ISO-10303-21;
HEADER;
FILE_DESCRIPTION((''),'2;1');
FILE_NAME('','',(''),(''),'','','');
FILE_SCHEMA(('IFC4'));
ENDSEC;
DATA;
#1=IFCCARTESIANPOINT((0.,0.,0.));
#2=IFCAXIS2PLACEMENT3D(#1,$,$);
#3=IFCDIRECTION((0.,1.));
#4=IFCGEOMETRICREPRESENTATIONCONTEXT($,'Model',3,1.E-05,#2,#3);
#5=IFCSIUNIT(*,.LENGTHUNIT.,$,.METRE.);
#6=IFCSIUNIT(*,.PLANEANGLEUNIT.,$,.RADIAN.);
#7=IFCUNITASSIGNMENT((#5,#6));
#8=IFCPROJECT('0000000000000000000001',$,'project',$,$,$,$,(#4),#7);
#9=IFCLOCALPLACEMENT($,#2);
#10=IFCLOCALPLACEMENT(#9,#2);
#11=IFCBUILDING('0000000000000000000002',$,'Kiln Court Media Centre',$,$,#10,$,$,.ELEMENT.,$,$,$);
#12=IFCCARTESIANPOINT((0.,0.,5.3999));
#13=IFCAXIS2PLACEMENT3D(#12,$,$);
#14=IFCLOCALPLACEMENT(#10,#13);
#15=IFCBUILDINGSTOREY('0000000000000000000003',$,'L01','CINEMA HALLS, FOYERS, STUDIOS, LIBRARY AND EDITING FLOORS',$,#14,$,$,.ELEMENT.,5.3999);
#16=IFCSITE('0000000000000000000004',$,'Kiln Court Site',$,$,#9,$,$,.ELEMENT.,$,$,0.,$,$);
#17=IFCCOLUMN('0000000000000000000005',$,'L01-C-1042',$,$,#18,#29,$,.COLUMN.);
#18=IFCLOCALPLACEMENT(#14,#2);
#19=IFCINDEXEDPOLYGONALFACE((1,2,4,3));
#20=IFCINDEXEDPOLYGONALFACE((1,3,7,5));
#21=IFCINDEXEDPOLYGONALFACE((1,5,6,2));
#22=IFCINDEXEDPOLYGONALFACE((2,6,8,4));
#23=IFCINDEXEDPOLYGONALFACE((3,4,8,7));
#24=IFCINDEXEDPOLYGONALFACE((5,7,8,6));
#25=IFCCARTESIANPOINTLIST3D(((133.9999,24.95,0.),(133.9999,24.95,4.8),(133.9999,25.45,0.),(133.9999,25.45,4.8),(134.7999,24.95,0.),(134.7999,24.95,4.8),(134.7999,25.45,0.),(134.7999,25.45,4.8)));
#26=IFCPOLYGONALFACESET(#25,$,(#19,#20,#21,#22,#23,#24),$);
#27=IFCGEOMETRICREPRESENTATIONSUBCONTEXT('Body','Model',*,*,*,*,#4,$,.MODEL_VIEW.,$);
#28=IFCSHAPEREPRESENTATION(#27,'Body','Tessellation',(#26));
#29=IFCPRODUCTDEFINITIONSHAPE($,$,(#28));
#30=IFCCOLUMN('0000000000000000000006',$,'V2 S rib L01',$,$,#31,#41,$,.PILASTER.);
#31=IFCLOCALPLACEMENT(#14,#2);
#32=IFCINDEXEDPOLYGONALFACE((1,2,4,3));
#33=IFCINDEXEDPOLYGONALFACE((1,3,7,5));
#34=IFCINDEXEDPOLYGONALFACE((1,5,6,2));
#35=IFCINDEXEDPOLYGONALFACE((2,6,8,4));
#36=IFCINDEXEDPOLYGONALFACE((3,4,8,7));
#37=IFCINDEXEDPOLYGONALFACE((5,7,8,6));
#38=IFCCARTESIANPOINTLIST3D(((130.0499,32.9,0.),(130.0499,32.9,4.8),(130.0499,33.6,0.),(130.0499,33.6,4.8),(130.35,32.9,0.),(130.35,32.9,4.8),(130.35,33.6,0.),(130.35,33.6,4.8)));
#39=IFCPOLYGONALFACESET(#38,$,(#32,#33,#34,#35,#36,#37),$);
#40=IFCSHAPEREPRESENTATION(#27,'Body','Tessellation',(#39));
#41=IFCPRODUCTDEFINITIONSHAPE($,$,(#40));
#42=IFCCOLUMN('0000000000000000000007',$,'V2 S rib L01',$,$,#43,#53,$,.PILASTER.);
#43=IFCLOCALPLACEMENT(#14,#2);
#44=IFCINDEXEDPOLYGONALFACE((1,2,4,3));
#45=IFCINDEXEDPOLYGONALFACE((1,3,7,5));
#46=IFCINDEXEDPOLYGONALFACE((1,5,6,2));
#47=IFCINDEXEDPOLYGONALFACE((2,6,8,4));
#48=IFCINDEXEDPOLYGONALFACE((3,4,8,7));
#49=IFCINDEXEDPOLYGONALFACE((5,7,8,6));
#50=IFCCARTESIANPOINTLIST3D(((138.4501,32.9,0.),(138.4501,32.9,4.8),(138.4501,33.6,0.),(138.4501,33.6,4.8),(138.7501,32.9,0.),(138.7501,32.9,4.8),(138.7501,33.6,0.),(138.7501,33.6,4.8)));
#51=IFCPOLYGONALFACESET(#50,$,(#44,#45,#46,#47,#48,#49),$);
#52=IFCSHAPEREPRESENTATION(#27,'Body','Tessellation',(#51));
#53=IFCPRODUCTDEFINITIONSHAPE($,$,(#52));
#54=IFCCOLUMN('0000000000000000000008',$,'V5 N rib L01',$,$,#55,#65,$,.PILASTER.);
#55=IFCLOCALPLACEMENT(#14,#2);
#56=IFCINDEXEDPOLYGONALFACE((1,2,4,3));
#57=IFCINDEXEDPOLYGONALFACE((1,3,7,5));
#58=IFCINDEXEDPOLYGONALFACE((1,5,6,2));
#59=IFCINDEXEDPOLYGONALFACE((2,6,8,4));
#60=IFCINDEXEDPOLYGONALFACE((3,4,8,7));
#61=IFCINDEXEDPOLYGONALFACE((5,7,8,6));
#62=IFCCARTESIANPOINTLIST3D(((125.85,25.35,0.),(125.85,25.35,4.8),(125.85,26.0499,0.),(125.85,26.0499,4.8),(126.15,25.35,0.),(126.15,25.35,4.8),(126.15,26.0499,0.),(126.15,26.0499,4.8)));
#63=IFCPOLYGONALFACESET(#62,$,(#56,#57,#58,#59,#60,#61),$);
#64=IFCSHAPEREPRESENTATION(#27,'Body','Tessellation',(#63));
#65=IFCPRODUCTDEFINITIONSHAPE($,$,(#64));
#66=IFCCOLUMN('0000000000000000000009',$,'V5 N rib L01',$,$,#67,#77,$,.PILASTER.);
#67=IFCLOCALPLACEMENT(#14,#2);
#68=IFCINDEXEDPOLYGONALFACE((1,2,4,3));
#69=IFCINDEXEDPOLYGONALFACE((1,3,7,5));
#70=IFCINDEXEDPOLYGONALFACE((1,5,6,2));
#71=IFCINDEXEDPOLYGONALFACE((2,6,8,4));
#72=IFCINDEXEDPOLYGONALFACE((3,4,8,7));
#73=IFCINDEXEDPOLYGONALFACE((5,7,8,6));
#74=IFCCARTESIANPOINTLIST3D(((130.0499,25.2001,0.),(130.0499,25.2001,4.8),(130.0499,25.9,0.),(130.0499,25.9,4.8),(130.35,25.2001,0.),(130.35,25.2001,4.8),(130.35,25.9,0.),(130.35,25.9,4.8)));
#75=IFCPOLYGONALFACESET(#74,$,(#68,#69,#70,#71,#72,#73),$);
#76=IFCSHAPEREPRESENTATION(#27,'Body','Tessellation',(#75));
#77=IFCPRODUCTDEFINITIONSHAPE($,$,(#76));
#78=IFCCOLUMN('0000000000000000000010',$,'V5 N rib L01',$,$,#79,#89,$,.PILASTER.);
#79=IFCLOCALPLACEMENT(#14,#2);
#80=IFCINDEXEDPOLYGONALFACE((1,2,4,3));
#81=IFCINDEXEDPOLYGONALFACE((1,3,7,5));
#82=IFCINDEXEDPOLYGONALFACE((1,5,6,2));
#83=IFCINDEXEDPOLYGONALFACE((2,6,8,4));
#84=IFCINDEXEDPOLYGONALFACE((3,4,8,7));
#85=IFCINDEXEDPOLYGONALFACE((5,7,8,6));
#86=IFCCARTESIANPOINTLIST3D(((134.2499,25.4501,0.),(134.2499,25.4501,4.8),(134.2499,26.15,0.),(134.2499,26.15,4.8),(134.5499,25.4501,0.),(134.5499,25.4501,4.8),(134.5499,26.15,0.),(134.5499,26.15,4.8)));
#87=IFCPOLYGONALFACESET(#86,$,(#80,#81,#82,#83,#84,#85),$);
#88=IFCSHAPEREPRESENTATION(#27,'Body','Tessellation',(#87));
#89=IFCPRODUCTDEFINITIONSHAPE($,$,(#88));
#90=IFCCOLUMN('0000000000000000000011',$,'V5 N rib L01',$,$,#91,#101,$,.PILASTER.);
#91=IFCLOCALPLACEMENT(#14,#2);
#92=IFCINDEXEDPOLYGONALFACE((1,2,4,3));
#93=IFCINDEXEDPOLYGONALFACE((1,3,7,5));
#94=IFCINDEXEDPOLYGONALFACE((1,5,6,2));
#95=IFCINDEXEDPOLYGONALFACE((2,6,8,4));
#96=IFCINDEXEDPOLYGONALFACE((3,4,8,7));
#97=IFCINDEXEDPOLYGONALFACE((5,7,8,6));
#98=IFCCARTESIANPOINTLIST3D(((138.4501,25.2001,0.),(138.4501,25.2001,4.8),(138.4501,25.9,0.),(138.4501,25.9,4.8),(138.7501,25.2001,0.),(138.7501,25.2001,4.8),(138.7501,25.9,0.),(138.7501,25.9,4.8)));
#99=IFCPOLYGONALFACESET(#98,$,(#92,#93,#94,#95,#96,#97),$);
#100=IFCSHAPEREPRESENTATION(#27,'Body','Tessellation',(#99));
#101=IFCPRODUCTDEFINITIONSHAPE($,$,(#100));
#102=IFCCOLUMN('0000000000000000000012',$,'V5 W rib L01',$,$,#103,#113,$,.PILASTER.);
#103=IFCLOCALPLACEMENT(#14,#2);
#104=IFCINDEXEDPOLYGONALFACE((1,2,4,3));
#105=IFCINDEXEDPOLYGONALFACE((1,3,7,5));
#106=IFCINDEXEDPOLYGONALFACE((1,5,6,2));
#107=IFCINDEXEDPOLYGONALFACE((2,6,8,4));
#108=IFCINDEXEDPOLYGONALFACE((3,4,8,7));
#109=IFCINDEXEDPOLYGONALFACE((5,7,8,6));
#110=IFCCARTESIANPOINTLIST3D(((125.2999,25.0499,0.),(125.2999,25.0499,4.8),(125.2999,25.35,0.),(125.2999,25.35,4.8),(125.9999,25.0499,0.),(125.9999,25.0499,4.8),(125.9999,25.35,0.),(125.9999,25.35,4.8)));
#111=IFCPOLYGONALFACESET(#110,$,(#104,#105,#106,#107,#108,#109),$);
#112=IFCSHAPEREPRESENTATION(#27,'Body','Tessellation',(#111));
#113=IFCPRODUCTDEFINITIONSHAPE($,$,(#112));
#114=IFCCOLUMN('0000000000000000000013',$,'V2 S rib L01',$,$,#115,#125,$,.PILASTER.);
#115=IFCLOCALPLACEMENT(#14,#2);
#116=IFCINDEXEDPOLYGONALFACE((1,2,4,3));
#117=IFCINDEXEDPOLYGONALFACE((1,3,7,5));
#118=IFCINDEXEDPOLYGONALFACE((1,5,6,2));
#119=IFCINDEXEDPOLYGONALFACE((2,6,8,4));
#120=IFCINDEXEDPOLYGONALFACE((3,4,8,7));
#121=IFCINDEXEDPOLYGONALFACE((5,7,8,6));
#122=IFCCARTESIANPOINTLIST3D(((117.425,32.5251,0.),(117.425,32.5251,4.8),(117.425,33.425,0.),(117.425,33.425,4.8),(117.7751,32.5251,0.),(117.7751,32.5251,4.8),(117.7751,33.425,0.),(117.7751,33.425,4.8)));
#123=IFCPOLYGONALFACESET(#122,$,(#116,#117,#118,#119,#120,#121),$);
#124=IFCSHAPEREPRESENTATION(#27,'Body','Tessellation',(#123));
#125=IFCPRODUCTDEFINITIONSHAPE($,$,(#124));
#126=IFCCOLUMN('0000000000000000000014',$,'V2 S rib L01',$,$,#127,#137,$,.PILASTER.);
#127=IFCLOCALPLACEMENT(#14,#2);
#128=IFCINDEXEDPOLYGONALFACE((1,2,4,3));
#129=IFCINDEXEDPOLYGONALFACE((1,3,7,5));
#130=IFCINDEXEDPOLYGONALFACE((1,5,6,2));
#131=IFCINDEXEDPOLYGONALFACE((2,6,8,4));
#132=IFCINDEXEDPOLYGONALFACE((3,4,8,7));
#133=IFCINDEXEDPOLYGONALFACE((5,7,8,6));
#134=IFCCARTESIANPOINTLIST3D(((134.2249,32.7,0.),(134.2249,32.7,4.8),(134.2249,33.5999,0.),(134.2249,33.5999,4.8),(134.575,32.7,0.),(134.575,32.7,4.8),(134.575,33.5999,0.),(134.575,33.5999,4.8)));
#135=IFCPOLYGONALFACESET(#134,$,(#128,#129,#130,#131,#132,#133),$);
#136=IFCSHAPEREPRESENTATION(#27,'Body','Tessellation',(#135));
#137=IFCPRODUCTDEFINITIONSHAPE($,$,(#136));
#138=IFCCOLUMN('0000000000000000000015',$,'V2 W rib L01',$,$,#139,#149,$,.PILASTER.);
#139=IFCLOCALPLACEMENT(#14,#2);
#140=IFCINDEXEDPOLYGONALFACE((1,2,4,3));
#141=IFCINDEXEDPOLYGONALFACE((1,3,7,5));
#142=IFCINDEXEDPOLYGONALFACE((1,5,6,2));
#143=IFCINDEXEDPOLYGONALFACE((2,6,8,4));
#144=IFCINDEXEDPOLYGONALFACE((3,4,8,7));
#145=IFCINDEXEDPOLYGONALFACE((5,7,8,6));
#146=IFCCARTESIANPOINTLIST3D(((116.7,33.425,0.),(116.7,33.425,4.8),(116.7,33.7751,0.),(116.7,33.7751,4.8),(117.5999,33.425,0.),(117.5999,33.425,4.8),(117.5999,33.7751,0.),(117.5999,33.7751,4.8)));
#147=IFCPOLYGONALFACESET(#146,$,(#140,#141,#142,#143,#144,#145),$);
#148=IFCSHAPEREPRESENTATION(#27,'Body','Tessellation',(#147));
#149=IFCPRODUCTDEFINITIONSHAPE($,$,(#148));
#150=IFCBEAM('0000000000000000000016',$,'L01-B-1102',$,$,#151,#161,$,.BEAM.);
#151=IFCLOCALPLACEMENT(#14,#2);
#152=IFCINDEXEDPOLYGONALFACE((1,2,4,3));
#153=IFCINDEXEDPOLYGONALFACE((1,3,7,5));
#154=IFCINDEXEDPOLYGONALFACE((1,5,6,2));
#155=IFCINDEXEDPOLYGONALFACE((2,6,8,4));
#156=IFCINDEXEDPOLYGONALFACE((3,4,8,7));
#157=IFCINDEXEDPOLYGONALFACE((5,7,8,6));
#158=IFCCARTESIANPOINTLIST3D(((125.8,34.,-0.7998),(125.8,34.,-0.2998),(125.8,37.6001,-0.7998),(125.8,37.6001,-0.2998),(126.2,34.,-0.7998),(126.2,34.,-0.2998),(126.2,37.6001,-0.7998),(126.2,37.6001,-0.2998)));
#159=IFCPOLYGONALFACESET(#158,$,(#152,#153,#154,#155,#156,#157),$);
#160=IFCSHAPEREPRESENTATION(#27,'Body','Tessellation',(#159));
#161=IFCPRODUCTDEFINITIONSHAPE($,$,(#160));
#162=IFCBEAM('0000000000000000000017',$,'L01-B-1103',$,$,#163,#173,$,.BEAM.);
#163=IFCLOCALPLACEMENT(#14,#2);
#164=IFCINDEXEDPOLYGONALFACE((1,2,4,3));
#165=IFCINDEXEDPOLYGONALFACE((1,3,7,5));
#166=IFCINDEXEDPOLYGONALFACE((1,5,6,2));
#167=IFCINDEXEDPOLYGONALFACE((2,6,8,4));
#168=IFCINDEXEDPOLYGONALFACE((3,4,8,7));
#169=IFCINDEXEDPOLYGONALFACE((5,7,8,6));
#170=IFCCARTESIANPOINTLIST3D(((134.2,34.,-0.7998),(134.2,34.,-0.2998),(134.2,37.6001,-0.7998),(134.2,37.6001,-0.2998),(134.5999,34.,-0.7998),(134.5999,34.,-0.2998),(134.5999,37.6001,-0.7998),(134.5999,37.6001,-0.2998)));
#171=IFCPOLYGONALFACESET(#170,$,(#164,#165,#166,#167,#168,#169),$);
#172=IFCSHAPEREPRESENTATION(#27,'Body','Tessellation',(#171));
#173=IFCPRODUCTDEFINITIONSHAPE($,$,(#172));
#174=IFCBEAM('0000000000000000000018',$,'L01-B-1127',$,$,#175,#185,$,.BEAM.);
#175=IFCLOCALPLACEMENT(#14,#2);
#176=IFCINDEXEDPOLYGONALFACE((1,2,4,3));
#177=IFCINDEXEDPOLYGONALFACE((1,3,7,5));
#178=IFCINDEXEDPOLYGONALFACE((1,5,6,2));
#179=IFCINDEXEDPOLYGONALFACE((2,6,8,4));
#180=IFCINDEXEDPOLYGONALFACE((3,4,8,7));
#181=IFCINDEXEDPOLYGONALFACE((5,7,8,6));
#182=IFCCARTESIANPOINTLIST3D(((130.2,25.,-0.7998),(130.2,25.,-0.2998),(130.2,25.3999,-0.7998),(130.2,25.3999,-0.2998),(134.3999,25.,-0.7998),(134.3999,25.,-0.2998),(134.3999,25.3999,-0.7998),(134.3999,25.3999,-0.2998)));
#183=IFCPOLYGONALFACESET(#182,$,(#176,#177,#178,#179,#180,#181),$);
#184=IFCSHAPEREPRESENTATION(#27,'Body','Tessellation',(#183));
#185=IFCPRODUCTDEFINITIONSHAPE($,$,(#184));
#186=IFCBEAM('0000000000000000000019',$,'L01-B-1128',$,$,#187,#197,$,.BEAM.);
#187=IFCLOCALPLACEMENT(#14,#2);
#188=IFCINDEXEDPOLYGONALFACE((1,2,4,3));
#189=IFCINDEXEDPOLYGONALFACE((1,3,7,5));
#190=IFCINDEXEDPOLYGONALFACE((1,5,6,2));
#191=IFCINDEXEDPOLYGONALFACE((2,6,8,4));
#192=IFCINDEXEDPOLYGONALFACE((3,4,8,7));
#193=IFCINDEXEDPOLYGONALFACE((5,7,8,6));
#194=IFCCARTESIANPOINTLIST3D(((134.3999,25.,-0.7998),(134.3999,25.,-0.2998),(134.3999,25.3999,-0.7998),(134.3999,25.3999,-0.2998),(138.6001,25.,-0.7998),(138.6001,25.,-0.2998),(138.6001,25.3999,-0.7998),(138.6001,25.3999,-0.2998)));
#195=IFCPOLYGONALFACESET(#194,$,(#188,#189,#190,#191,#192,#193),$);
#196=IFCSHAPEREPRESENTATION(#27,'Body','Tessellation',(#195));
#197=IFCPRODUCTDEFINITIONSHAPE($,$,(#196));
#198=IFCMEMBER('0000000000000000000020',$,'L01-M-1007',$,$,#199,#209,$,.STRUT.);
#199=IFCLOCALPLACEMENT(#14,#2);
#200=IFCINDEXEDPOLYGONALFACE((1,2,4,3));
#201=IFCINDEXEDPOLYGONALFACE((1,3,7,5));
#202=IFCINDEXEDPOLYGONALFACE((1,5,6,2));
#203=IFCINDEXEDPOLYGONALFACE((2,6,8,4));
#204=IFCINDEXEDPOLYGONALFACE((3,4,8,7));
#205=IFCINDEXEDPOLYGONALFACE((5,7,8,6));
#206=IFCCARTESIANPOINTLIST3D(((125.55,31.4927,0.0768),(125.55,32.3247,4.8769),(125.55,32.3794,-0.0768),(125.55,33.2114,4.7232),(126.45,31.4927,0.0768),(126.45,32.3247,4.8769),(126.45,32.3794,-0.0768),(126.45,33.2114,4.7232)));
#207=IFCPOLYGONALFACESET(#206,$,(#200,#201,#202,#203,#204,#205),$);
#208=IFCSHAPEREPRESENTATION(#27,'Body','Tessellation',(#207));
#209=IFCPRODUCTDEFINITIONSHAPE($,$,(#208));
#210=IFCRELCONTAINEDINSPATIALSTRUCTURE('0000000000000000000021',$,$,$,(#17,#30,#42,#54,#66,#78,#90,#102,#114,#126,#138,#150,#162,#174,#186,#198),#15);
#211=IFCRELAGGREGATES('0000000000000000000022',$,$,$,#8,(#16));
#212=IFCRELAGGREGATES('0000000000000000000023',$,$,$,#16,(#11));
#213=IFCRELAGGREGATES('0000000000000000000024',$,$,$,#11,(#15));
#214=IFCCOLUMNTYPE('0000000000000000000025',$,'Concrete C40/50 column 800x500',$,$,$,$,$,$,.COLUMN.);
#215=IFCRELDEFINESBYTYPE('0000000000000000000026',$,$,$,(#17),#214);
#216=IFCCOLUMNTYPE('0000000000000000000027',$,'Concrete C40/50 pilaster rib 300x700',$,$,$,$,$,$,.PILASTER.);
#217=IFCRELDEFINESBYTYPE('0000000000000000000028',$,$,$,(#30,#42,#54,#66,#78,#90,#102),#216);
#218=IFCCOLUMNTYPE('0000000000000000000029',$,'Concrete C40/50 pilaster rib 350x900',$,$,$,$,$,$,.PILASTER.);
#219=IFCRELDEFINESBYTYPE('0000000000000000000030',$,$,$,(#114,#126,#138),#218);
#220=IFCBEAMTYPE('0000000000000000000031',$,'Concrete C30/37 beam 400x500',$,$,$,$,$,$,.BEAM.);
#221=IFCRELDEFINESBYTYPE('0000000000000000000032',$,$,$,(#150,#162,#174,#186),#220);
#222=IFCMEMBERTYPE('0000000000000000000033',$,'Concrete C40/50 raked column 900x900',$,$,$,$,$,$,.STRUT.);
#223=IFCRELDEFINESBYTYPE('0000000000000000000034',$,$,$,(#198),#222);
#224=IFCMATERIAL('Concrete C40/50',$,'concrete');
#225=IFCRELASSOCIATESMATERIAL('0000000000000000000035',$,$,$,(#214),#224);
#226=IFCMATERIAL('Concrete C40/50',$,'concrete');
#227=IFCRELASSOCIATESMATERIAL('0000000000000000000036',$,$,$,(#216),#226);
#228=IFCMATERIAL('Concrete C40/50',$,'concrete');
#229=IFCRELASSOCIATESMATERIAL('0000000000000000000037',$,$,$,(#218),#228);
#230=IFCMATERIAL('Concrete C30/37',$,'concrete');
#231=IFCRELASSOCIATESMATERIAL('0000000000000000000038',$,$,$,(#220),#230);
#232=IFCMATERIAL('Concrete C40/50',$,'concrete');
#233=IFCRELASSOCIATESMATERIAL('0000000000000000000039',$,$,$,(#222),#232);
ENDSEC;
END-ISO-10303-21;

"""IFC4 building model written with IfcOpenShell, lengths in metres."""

from ifc_helpers import new_model, si_unit, direction, frame, origin, origin_2d, place, context, subcontext, project, spatial, rectangle, extrude, material, material_profile, profile_set, type_object, element, save


model = new_model("IFC4")

# Units and contexts
model_context = context("Model", 3, precision=1e-05, world=origin(), true_north=direction((0.0, 1.0)))
body_context = subcontext(model_context, "Body", "Model", "MODEL_VIEW")
ifc_project = project(units=[si_unit("LENGTHUNIT", "METRE"), si_unit("PLANEANGLEUNIT", "RADIAN")], contexts=[model_context])

# Site, building, storey
site_placement = place(None, origin())
site = spatial("IfcSite", under=ifc_project, at=site_placement, Name="Kiln Court Site", CompositionType="ELEMENT", RefElevation=0.0)
building_placement = place(site_placement, origin())
building = spatial("IfcBuilding", under=site, at=building_placement, Name="Kiln Court Media Centre", CompositionType="ELEMENT")
storey_placement = place(building_placement, frame((0.0, 0.0, 5.3999)))
storey = spatial("IfcBuildingStorey", under=building, at=storey_placement, Name="L01", Description="CINEMA HALLS, FOYERS, STUDIOS, LIBRARY AND EDITING FLOORS", CompositionType="ELEMENT", Elevation=5.3999)

# Columns
ifc_material_1 = material(Name="Concrete C40/50", Category="concrete")
ifc_material_profile_1 = material_profile(ifc_material_1, rectangle(XDim=0.8, YDim=0.5, at=origin_2d()), Name="RC 800x500")
ifc_profile_set_1 = profile_set([ifc_material_profile_1], Name="Concrete C40/50")
column_type_1 = type_object("IfcColumnType", Name="Concrete C40/50 column 800x500", PredefinedType="COLUMN", material=ifc_profile_set_1)
column_placement = place(storey_placement, frame((134.3999, 25.2, 0.0), z_axis=(0.0, 0.0, 1.0), x_axis=(1.0, 0.0, 0.0)))
element("IfcColumn", 1, at=column_placement, inside=storey, type_object=column_type_1, Name="L01-C-1042", PredefinedType="COLUMN", context=body_context, shape_type="SweptSolid", body=[
    extrude(rectangle(XDim=0.8, YDim=0.5, at=origin_2d()), origin(), (0.0, 0.0, 1.0), 4.8),
])
ifc_material_2 = material(Name="Concrete C40/50", Category="concrete")
ifc_material_profile_2 = material_profile(ifc_material_2, rectangle(XDim=0.3, YDim=0.7, at=origin_2d()), Name="RC 300x700")
ifc_profile_set_2 = profile_set([ifc_material_profile_2], Name="Concrete C40/50")
column_type_2 = type_object("IfcColumnType", Name="Concrete C40/50 pilaster rib 300x700", PredefinedType="PILASTER", material=ifc_profile_set_2)
for number, where, z_axis, x_axis, name in (
    (2, (130.2, 33.25, 0.0), (0.0, 0.0, 1.0), (1.0, 0.0, 0.0), "V2 S rib L01"),
    (3, (138.6001, 33.25, 0.0), (0.0, 0.0, 1.0), (1.0, 0.0, 0.0), "V2 S rib L01"),
    (4, (126.0, 25.7, 0.0), (0.0, 0.0, 1.0), (1.0, 0.0, 0.0), "V5 N rib L01"),
    (5, (130.2, 25.55, 0.0), (0.0, 0.0, 1.0), (1.0, 0.0, 0.0), "V5 N rib L01"),
    (6, (134.3999, 25.8, 0.0), (0.0, 0.0, 1.0), (1.0, 0.0, 0.0), "V5 N rib L01"),
    (7, (138.6001, 25.55, 0.0), (0.0, 0.0, 1.0), (1.0, 0.0, 0.0), "V5 N rib L01"),
    (8, (125.6499, 25.2, 0.0), (0.0, 0.0, 1.0), (0.0, 1.0, 0.0), "V5 W rib L01"),
):
    element("IfcColumn", number, at=place(storey_placement, frame(where, z_axis=z_axis, x_axis=x_axis)), inside=storey, type_object=column_type_2, Name=name, PredefinedType="PILASTER", context=body_context, shape_type="SweptSolid", body=[
        extrude(rectangle(XDim=0.3, YDim=0.7, at=origin_2d()), origin(), (0.0, 0.0, 1.0), 4.8),
    ])
ifc_material_3 = material(Name="Concrete C40/50", Category="concrete")
ifc_material_profile_3 = material_profile(ifc_material_3, rectangle(XDim=0.3501, YDim=0.8999, at=origin_2d()), Name="RC 350x900")
ifc_profile_set_3 = profile_set([ifc_material_profile_3], Name="Concrete C40/50")
column_type_3 = type_object("IfcColumnType", Name="Concrete C40/50 pilaster rib 350x900", PredefinedType="PILASTER", material=ifc_profile_set_3)
for number, where, z_axis, x_axis, name in (
    (9, (117.6001, 32.9751, 0.0), (0.0, 0.0, 1.0), (1.0, 0.0, 0.0), "V2 S rib L01"),
    (10, (134.3999, 33.1499, 0.0), (0.0, 0.0, 1.0), (1.0, 0.0, 0.0), "V2 S rib L01"),
    (11, (117.1499, 33.6001, 0.0), (0.0, 0.0, 1.0), (0.0, 1.0, 0.0), "V2 W rib L01"),
):
    element("IfcColumn", number, at=place(storey_placement, frame(where, z_axis=z_axis, x_axis=x_axis)), inside=storey, type_object=column_type_3, Name=name, PredefinedType="PILASTER", context=body_context, shape_type="SweptSolid", body=[
        extrude(rectangle(XDim=0.3501, YDim=0.8999, at=origin_2d()), origin(), (0.0, 0.0, 1.0), 4.8),
    ])

# Beams
ifc_material_4 = material(Name="Concrete C30/37", Category="concrete")
ifc_material_profile_4 = material_profile(ifc_material_4, rectangle(XDim=0.3999, YDim=0.5, at=origin_2d()), Name="RC 400x500")
ifc_profile_set_4 = profile_set([ifc_material_profile_4], Name="Concrete C30/37")
beam_type = type_object("IfcBeamType", Name="Concrete C30/37 beam 400x500", PredefinedType="BEAM", material=ifc_profile_set_4)
for number, where, z_axis, x_axis, name in (
    (12, (126.0, 34.0, -0.5498), (0.0, 1.0, 0.0), (-1.0, 0.0, 0.0), "L01-B-1102"),
    (13, (134.3999, 34.0, -0.5498), (0.0, 1.0, 0.0), (-1.0, 0.0, 0.0), "L01-B-1103"),
):
    element("IfcBeam", number, at=place(storey_placement, frame(where, z_axis=z_axis, x_axis=x_axis)), inside=storey, type_object=beam_type, Name=name, PredefinedType="BEAM", context=body_context, shape_type="SweptSolid", body=[
        extrude(rectangle(XDim=0.3999, YDim=0.5, at=origin_2d()), origin(), (0.0, 0.0, 1.0), 3.6001),
    ])
beam_1_placement = place(storey_placement, frame((130.2, 25.2, -0.5498), z_axis=(1.0, 0.0, 0.0), x_axis=(0.0, 1.0, 0.0)))
element("IfcBeam", 14, at=beam_1_placement, inside=storey, type_object=beam_type, Name="L01-B-1127", PredefinedType="BEAM", context=body_context, shape_type="SweptSolid", body=[
    extrude(rectangle(XDim=0.3999, YDim=0.5, at=origin_2d()), origin(), (0.0, 0.0, 1.0), 4.2),
])
beam_2_placement = place(storey_placement, frame((134.3999, 25.2, -0.5498), z_axis=(1.0, 0.0, 0.0), x_axis=(0.0, 1.0, 0.0)))
element("IfcBeam", 15, at=beam_2_placement, inside=storey, type_object=beam_type, Name="L01-B-1128", PredefinedType="BEAM", context=body_context, shape_type="SweptSolid", body=[
    extrude(rectangle(XDim=0.3999, YDim=0.5, at=origin_2d()), origin(), (0.0, 0.0, 1.0), 4.2002),
])

# Member
ifc_material_5 = material(Name="Concrete C40/50", Category="concrete")
ifc_material_profile_5 = material_profile(ifc_material_5, rectangle(XDim=0.8999, YDim=0.8999, at=origin_2d()), Name="RC 900x900")
ifc_profile_set_5 = profile_set([ifc_material_profile_5], Name="Concrete C40/50")
member_type = type_object("IfcMemberType", Name="Concrete C40/50 raked column 900x900", PredefinedType="STRUT", material=ifc_profile_set_5)
member_placement = place(storey_placement, frame((126.0, 31.936, 0.0), z_axis=(0.0, 0.170791, 0.985307), x_axis=(-1.0, 0.0, 0.0)))
element("IfcMember", 16, at=member_placement, inside=storey, type_object=member_type, Name="L01-M-1007", PredefinedType="STRUT", context=body_context, shape_type="SweptSolid", body=[
    extrude(rectangle(XDim=0.8999, YDim=0.8999, at=origin_2d()), origin(), (0.0, 0.0, 1.0), 4.8716),
])

save(model, "model.ifc")
